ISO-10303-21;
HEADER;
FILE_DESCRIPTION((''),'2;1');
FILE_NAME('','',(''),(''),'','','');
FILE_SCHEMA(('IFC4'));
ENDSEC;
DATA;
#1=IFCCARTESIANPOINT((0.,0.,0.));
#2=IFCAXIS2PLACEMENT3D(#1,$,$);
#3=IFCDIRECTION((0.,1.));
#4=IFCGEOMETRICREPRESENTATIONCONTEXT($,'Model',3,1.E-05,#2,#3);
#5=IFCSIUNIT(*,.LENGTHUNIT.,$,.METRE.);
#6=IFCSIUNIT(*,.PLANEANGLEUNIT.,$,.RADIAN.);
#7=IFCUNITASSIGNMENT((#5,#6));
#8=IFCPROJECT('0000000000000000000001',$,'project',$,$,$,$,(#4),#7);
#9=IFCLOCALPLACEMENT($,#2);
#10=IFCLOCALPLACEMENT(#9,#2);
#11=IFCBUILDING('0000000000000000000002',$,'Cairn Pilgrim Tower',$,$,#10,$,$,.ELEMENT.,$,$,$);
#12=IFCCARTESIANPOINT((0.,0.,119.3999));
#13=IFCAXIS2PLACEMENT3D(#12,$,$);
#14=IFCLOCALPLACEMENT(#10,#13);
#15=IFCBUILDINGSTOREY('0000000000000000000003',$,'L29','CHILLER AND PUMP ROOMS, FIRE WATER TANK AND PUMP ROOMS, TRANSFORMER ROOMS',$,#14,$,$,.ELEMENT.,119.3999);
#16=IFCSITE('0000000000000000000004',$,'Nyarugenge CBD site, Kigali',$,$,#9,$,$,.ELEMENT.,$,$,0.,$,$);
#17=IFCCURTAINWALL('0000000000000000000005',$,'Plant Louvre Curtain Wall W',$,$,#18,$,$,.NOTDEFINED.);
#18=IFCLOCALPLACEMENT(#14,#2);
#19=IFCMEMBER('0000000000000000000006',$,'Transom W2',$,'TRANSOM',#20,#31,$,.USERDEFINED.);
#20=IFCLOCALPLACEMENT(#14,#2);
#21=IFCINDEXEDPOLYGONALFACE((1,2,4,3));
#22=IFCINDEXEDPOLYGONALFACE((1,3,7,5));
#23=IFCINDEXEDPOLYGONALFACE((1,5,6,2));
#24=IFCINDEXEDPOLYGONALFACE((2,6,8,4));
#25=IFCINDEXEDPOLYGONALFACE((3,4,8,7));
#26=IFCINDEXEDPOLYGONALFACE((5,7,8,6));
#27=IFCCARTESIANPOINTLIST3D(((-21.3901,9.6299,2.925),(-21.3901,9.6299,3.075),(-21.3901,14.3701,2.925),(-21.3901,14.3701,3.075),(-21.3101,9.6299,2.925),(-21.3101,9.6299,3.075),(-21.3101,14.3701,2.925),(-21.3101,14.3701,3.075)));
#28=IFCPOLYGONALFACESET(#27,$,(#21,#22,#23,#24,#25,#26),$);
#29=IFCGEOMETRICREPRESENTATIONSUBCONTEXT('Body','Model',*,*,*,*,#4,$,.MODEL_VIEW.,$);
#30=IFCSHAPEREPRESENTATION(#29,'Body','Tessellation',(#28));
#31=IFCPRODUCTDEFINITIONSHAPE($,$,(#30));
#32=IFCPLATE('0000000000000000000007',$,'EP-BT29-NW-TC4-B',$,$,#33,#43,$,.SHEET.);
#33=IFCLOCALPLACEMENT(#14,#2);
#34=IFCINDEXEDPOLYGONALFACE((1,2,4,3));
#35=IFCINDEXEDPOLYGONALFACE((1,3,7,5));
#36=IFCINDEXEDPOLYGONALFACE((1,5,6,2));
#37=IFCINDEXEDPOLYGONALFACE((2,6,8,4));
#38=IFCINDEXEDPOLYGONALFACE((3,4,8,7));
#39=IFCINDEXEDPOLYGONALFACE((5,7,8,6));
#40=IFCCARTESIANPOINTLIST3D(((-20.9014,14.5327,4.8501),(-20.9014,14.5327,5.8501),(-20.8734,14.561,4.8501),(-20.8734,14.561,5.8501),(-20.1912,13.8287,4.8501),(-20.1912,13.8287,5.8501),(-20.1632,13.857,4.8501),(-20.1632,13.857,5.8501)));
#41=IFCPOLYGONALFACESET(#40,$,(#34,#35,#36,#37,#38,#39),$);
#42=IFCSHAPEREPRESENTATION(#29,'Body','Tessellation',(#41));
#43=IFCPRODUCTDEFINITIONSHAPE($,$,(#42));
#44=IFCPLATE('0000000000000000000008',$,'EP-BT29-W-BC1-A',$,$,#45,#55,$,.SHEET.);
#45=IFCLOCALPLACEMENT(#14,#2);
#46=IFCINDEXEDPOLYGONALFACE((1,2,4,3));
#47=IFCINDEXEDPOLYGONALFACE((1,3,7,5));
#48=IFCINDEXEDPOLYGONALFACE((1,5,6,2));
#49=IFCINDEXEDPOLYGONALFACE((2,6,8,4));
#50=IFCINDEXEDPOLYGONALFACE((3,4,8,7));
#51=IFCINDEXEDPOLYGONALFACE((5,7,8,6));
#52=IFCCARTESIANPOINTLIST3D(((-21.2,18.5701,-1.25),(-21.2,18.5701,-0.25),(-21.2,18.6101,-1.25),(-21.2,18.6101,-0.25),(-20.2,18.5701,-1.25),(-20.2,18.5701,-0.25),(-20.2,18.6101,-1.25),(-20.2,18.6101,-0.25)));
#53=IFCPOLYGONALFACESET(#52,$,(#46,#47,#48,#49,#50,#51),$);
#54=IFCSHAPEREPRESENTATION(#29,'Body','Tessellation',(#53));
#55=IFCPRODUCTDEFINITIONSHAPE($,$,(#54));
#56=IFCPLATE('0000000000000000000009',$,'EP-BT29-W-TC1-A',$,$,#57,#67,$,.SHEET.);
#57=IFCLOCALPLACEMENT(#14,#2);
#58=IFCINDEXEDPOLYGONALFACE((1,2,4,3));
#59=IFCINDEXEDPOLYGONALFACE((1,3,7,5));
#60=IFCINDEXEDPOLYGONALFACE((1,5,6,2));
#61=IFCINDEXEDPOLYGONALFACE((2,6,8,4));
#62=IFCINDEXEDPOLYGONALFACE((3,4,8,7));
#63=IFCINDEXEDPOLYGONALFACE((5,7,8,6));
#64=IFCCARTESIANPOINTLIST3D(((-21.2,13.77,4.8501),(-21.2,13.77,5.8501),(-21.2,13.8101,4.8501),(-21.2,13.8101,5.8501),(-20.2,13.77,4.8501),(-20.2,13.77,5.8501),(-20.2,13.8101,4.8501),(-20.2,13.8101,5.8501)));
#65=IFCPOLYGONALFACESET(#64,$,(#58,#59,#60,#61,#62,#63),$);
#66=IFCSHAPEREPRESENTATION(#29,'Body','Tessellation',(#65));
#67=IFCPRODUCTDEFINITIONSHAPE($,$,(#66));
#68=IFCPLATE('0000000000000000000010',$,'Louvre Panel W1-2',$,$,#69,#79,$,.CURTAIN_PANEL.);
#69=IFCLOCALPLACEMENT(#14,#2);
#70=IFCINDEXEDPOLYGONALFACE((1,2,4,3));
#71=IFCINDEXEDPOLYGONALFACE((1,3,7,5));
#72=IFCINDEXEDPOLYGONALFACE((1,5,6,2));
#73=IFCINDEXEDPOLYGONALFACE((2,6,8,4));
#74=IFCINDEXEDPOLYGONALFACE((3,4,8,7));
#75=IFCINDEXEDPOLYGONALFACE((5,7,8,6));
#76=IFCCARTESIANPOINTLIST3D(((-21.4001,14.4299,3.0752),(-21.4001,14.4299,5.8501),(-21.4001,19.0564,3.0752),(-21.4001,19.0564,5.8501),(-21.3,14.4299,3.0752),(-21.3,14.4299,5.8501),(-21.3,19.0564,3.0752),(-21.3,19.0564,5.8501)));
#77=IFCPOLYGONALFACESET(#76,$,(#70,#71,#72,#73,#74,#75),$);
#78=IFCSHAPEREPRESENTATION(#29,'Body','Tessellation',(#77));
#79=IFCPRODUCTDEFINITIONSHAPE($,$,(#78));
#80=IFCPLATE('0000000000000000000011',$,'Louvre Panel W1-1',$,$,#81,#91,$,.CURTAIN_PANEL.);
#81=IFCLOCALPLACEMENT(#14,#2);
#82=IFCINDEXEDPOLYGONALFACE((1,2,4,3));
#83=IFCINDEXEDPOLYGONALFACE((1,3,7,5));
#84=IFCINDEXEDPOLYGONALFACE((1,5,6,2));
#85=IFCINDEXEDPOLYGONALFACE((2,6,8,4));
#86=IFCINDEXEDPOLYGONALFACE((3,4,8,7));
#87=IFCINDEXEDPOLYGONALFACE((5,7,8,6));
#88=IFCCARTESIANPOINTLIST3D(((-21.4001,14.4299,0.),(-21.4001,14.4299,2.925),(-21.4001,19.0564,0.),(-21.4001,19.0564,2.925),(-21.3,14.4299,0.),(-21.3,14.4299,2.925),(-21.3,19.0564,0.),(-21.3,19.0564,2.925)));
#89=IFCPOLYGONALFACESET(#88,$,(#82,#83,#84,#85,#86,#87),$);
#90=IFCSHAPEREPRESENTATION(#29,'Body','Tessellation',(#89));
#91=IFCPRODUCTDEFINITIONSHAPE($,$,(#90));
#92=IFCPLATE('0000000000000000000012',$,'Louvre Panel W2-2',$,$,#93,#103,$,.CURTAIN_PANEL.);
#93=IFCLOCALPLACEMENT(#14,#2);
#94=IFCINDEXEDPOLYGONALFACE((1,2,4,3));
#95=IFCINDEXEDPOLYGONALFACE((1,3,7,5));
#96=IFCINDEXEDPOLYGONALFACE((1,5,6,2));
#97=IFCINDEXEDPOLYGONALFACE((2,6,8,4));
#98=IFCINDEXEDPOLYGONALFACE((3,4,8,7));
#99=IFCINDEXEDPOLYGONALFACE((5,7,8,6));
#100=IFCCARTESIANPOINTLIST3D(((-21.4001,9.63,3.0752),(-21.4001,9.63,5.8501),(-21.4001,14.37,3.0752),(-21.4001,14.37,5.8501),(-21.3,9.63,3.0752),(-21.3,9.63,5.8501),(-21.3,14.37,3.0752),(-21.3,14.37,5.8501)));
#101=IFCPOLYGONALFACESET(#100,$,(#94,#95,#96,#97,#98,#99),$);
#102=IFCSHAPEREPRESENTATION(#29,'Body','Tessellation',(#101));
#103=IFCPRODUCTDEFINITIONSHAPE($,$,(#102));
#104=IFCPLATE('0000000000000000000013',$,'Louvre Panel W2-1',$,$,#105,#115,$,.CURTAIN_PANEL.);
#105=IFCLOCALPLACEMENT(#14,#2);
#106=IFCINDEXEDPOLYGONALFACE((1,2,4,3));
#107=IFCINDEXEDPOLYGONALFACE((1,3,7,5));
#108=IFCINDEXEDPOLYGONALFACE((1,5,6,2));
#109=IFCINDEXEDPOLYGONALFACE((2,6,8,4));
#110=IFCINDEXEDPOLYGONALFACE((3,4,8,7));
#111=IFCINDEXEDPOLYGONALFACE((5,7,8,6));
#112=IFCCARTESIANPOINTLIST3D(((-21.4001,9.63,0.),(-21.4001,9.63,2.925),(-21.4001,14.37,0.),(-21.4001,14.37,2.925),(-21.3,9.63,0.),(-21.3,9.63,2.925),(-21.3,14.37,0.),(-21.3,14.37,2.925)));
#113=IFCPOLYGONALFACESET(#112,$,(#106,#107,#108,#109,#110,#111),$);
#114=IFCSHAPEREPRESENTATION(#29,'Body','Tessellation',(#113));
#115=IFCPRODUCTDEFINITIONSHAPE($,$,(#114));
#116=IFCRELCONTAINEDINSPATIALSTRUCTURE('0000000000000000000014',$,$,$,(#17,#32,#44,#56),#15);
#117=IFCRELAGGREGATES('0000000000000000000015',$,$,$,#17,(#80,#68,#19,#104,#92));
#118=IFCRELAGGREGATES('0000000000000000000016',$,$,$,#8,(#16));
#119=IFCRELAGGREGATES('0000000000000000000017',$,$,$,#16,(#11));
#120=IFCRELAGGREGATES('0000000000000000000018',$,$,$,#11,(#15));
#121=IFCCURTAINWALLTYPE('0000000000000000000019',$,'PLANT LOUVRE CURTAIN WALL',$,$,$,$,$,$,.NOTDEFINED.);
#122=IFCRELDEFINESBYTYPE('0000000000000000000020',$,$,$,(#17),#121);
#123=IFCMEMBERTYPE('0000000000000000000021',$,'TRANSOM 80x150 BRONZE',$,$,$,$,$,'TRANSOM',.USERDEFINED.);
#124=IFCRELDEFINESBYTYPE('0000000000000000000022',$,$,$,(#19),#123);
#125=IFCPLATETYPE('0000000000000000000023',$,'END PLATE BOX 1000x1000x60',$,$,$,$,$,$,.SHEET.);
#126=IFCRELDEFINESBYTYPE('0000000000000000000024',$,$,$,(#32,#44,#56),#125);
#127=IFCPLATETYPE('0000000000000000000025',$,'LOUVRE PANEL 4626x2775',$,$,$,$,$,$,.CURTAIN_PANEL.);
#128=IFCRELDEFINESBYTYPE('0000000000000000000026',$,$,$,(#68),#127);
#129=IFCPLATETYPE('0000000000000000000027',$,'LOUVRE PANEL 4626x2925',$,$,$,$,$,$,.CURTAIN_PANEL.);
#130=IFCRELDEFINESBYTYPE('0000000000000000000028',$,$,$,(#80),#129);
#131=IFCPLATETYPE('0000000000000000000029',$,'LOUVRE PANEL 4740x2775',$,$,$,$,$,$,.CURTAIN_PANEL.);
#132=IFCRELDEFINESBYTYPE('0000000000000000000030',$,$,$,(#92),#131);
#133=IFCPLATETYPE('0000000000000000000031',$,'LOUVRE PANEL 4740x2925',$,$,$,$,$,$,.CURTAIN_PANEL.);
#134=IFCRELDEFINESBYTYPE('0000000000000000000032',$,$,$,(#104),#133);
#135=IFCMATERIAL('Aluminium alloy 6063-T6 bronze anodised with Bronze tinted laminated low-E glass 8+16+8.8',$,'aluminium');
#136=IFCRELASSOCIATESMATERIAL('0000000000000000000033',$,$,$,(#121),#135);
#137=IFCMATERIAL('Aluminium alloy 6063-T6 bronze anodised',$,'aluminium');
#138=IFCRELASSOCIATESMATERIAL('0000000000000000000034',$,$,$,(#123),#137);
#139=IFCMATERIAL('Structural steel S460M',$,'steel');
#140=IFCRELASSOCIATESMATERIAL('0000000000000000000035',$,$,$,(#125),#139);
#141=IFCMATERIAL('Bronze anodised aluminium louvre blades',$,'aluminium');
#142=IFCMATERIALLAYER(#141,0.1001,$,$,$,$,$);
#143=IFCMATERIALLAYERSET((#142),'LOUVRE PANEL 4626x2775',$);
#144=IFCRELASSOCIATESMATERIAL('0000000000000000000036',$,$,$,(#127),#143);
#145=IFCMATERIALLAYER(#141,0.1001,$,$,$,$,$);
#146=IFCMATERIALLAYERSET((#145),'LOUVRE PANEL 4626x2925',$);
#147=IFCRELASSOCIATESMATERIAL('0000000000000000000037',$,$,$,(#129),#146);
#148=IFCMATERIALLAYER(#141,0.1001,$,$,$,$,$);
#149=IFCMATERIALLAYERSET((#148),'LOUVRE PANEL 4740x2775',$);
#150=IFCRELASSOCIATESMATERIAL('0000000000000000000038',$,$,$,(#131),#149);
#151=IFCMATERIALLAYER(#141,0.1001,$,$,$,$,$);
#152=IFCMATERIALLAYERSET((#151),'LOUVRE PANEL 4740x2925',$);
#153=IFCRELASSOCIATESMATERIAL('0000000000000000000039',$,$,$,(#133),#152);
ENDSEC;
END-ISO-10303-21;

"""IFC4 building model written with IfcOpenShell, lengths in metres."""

from ifc_helpers import new_model, si_unit, direction, frame, origin, origin_2d, place, context, subcontext, project, spatial, rectangle, extrude, material, layer, layer_set, material_profile, profile_set, type_object, element, aggregate, save


model = new_model("IFC4")

# Units and contexts
model_context = context("Model", 3, precision=1e-05, world=origin(), true_north=direction((0.0, 1.0)))
body_context = subcontext(model_context, "Body", "Model", "MODEL_VIEW")
ifc_project = project(units=[si_unit("LENGTHUNIT", "METRE"), si_unit("PLANEANGLEUNIT", "RADIAN")], contexts=[model_context])

# Site, building, storey
site_placement = place(None, origin())
site = spatial("IfcSite", under=ifc_project, at=site_placement, Name="Nyarugenge CBD site, Kigali", CompositionType="ELEMENT", RefElevation=0.0)
building_placement = place(site_placement, origin())
building = spatial("IfcBuilding", under=site, at=building_placement, Name="Cairn Pilgrim Tower", CompositionType="ELEMENT")
storey_placement = place(building_placement, frame((0.0, 0.0, 119.3999)))
storey = spatial("IfcBuildingStorey", under=building, at=storey_placement, Name="L29", Description="CHILLER AND PUMP ROOMS, FIRE WATER TANK AND PUMP ROOMS, TRANSFORMER ROOMS", CompositionType="ELEMENT", Elevation=119.3999)

# Shared definitions
ifc_material_1 = material(Name="Structural steel S460M", Category="steel")

# Curtain wall
ifc_material_2 = material(Name="Aluminium alloy 6063-T6 bronze anodised with Bronze tinted laminated low-E glass 8+16+8.8", Category="aluminium")
curtain_wall_type = type_object("IfcCurtainWallType", Name="PLANT LOUVRE CURTAIN WALL", PredefinedType="NOTDEFINED", material=ifc_material_2)
curtain_wall_placement = place(storey_placement, origin())
curtain_wall = element("IfcCurtainWall", 1, at=curtain_wall_placement, inside=storey, type_object=curtain_wall_type, Name="Plant Louvre Curtain Wall W", PredefinedType="NOTDEFINED")
ifc_material_3 = material(Name="Aluminium alloy 6063-T6 bronze anodised", Category="aluminium")

# Member
ifc_material_profile_1 = material_profile(ifc_material_3, rectangle(XDim=0.0801, YDim=0.1499, at=origin_2d()), Name="TRANSOM 80x150 BRONZE")
ifc_profile_set_1 = profile_set([ifc_material_profile_1], Name="Aluminium alloy 6063-T6 bronze anodised")
member_type_1 = type_object("IfcMemberType", Name="TRANSOM 80x150 BRONZE", ElementType="TRANSOM", PredefinedType="USERDEFINED", material=ifc_profile_set_1)
member_1_placement = place(storey_placement, frame((-21.3501, 14.3701, 3.0), z_axis=(0.0, -1.0, 0.0), x_axis=(1.0, 0.0, 0.0)))
member_1 = element("IfcMember", 2, at=member_1_placement, type_object=member_type_1, Name="Transom W2", ObjectType="TRANSOM", PredefinedType="USERDEFINED", context=body_context, shape_type="SweptSolid", body=[
    extrude(rectangle(XDim=0.0801, YDim=0.1499, at=origin_2d()), origin(), (0.0, 0.0, 1.0), 4.7402),
])

# Plates
ifc_material_profile_2 = material_profile(ifc_material_1, rectangle(XDim=1.0, YDim=1.0, at=origin_2d()), Name="END PLATE BOX 1000x1000x60")
ifc_profile_set_2 = profile_set([ifc_material_profile_2], Name="Structural steel S460M")
plate_type_1 = type_object("IfcPlateType", Name="END PLATE BOX 1000x1000x60", PredefinedType="SHEET", material=ifc_profile_set_2)
plate_1_placement = place(storey_placement, frame((-20.5183, 14.209, 5.3501), z_axis=(-0.704039, -0.710161, 0.0), x_axis=(0.710161, -0.704039, 0.0)))
element("IfcPlate", 3, at=plate_1_placement, inside=storey, type_object=plate_type_1, Name="EP-BT29-NW-TC4-B", PredefinedType="SHEET", context=body_context, shape_type="SweptSolid", body=[
    extrude(rectangle(XDim=1.0, YDim=1.0, at=origin_2d()), origin(), (0.0, 0.0, 1.0), 0.0398),
])
for number, where, z_axis, x_axis, name in (
    (4, (-20.7, 18.5701, -0.75), (0.0, 1.0, 0.0), (-1.0, 0.0, 0.0), "EP-BT29-W-BC1-A"),
    (5, (-20.7, 13.77, 5.3501), (0.0, 1.0, 0.0), (-1.0, 0.0, 0.0), "EP-BT29-W-TC1-A"),
):
    element("IfcPlate", number, at=place(storey_placement, frame(where, z_axis=z_axis, x_axis=x_axis)), inside=storey, type_object=plate_type_1, Name=name, PredefinedType="SHEET", context=body_context, shape_type="SweptSolid", body=[
        extrude(rectangle(XDim=1.0, YDim=1.0, at=origin_2d()), origin(), (0.0, 0.0, 1.0), 0.04),
    ])

# Plates
ifc_material_4 = material(Name="Bronze anodised aluminium louvre blades", Category="aluminium")
ifc_layer_1 = layer(ifc_material_4, 0.1001)
ifc_layer_set_1 = layer_set([ifc_layer_1], Name="LOUVRE PANEL 4626x2775")
plate_type_2 = type_object("IfcPlateType", Name="LOUVRE PANEL 4626x2775", PredefinedType="CURTAIN_PANEL", material=ifc_layer_set_1)
plate_2_placement = place(storey_placement, frame((-21.3501, 16.7432, 3.0752), z_axis=(0.0, 0.0, 1.0), x_axis=(0.0, -1.0, 0.0)))
plate_2 = element("IfcPlate", 6, at=plate_2_placement, type_object=plate_type_2, Name="Louvre Panel W1-2", PredefinedType="CURTAIN_PANEL", context=body_context, shape_type="SweptSolid", body=[
    extrude(rectangle(XDim=4.6265, YDim=0.1001, at=origin_2d()), origin(), (0.0, 0.0, 1.0), 2.7749),
])
ifc_layer_2 = layer(ifc_material_4, 0.1001)
ifc_layer_set_2 = layer_set([ifc_layer_2], Name="LOUVRE PANEL 4626x2925")
plate_type_3 = type_object("IfcPlateType", Name="LOUVRE PANEL 4626x2925", PredefinedType="CURTAIN_PANEL", material=ifc_layer_set_2)
plate_3_placement = place(storey_placement, frame((-21.3501, 16.7432, 0.0), z_axis=(0.0, 0.0, 1.0), x_axis=(0.0, -1.0, 0.0)))
plate_3 = element("IfcPlate", 7, at=plate_3_placement, type_object=plate_type_3, Name="Louvre Panel W1-1", PredefinedType="CURTAIN_PANEL", context=body_context, shape_type="SweptSolid", body=[
    extrude(rectangle(XDim=4.6265, YDim=0.1001, at=origin_2d()), origin(), (0.0, 0.0, 1.0), 2.925),
])
ifc_layer_3 = layer(ifc_material_4, 0.1001)
ifc_layer_set_3 = layer_set([ifc_layer_3], Name="LOUVRE PANEL 4740x2775")
plate_type_4 = type_object("IfcPlateType", Name="LOUVRE PANEL 4740x2775", PredefinedType="CURTAIN_PANEL", material=ifc_layer_set_3)
plate_4_placement = place(storey_placement, frame((-21.3501, 12.0, 3.0752), z_axis=(0.0, 0.0, 1.0), x_axis=(0.0, -1.0, 0.0)))
plate_4 = element("IfcPlate", 8, at=plate_4_placement, type_object=plate_type_4, Name="Louvre Panel W2-2", PredefinedType="CURTAIN_PANEL", context=body_context, shape_type="SweptSolid", body=[
    extrude(rectangle(XDim=4.74, YDim=0.1001, at=origin_2d()), origin(), (0.0, 0.0, 1.0), 2.7749),
])
ifc_layer_4 = layer(ifc_material_4, 0.1001)
ifc_layer_set_4 = layer_set([ifc_layer_4], Name="LOUVRE PANEL 4740x2925")
plate_type_5 = type_object("IfcPlateType", Name="LOUVRE PANEL 4740x2925", PredefinedType="CURTAIN_PANEL", material=ifc_layer_set_4)
plate_5_placement = place(storey_placement, frame((-21.3501, 12.0, 0.0), z_axis=(0.0, 0.0, 1.0), x_axis=(0.0, -1.0, 0.0)))
plate_5 = element("IfcPlate", 9, at=plate_5_placement, type_object=plate_type_5, Name="Louvre Panel W2-1", PredefinedType="CURTAIN_PANEL", context=body_context, shape_type="SweptSolid", body=[
    extrude(rectangle(XDim=4.74, YDim=0.1001, at=origin_2d()), origin(), (0.0, 0.0, 1.0), 2.925),
])
aggregate(curtain_wall, [plate_3, plate_2, member_1, plate_5, plate_4])

save(model, "model.ifc")
